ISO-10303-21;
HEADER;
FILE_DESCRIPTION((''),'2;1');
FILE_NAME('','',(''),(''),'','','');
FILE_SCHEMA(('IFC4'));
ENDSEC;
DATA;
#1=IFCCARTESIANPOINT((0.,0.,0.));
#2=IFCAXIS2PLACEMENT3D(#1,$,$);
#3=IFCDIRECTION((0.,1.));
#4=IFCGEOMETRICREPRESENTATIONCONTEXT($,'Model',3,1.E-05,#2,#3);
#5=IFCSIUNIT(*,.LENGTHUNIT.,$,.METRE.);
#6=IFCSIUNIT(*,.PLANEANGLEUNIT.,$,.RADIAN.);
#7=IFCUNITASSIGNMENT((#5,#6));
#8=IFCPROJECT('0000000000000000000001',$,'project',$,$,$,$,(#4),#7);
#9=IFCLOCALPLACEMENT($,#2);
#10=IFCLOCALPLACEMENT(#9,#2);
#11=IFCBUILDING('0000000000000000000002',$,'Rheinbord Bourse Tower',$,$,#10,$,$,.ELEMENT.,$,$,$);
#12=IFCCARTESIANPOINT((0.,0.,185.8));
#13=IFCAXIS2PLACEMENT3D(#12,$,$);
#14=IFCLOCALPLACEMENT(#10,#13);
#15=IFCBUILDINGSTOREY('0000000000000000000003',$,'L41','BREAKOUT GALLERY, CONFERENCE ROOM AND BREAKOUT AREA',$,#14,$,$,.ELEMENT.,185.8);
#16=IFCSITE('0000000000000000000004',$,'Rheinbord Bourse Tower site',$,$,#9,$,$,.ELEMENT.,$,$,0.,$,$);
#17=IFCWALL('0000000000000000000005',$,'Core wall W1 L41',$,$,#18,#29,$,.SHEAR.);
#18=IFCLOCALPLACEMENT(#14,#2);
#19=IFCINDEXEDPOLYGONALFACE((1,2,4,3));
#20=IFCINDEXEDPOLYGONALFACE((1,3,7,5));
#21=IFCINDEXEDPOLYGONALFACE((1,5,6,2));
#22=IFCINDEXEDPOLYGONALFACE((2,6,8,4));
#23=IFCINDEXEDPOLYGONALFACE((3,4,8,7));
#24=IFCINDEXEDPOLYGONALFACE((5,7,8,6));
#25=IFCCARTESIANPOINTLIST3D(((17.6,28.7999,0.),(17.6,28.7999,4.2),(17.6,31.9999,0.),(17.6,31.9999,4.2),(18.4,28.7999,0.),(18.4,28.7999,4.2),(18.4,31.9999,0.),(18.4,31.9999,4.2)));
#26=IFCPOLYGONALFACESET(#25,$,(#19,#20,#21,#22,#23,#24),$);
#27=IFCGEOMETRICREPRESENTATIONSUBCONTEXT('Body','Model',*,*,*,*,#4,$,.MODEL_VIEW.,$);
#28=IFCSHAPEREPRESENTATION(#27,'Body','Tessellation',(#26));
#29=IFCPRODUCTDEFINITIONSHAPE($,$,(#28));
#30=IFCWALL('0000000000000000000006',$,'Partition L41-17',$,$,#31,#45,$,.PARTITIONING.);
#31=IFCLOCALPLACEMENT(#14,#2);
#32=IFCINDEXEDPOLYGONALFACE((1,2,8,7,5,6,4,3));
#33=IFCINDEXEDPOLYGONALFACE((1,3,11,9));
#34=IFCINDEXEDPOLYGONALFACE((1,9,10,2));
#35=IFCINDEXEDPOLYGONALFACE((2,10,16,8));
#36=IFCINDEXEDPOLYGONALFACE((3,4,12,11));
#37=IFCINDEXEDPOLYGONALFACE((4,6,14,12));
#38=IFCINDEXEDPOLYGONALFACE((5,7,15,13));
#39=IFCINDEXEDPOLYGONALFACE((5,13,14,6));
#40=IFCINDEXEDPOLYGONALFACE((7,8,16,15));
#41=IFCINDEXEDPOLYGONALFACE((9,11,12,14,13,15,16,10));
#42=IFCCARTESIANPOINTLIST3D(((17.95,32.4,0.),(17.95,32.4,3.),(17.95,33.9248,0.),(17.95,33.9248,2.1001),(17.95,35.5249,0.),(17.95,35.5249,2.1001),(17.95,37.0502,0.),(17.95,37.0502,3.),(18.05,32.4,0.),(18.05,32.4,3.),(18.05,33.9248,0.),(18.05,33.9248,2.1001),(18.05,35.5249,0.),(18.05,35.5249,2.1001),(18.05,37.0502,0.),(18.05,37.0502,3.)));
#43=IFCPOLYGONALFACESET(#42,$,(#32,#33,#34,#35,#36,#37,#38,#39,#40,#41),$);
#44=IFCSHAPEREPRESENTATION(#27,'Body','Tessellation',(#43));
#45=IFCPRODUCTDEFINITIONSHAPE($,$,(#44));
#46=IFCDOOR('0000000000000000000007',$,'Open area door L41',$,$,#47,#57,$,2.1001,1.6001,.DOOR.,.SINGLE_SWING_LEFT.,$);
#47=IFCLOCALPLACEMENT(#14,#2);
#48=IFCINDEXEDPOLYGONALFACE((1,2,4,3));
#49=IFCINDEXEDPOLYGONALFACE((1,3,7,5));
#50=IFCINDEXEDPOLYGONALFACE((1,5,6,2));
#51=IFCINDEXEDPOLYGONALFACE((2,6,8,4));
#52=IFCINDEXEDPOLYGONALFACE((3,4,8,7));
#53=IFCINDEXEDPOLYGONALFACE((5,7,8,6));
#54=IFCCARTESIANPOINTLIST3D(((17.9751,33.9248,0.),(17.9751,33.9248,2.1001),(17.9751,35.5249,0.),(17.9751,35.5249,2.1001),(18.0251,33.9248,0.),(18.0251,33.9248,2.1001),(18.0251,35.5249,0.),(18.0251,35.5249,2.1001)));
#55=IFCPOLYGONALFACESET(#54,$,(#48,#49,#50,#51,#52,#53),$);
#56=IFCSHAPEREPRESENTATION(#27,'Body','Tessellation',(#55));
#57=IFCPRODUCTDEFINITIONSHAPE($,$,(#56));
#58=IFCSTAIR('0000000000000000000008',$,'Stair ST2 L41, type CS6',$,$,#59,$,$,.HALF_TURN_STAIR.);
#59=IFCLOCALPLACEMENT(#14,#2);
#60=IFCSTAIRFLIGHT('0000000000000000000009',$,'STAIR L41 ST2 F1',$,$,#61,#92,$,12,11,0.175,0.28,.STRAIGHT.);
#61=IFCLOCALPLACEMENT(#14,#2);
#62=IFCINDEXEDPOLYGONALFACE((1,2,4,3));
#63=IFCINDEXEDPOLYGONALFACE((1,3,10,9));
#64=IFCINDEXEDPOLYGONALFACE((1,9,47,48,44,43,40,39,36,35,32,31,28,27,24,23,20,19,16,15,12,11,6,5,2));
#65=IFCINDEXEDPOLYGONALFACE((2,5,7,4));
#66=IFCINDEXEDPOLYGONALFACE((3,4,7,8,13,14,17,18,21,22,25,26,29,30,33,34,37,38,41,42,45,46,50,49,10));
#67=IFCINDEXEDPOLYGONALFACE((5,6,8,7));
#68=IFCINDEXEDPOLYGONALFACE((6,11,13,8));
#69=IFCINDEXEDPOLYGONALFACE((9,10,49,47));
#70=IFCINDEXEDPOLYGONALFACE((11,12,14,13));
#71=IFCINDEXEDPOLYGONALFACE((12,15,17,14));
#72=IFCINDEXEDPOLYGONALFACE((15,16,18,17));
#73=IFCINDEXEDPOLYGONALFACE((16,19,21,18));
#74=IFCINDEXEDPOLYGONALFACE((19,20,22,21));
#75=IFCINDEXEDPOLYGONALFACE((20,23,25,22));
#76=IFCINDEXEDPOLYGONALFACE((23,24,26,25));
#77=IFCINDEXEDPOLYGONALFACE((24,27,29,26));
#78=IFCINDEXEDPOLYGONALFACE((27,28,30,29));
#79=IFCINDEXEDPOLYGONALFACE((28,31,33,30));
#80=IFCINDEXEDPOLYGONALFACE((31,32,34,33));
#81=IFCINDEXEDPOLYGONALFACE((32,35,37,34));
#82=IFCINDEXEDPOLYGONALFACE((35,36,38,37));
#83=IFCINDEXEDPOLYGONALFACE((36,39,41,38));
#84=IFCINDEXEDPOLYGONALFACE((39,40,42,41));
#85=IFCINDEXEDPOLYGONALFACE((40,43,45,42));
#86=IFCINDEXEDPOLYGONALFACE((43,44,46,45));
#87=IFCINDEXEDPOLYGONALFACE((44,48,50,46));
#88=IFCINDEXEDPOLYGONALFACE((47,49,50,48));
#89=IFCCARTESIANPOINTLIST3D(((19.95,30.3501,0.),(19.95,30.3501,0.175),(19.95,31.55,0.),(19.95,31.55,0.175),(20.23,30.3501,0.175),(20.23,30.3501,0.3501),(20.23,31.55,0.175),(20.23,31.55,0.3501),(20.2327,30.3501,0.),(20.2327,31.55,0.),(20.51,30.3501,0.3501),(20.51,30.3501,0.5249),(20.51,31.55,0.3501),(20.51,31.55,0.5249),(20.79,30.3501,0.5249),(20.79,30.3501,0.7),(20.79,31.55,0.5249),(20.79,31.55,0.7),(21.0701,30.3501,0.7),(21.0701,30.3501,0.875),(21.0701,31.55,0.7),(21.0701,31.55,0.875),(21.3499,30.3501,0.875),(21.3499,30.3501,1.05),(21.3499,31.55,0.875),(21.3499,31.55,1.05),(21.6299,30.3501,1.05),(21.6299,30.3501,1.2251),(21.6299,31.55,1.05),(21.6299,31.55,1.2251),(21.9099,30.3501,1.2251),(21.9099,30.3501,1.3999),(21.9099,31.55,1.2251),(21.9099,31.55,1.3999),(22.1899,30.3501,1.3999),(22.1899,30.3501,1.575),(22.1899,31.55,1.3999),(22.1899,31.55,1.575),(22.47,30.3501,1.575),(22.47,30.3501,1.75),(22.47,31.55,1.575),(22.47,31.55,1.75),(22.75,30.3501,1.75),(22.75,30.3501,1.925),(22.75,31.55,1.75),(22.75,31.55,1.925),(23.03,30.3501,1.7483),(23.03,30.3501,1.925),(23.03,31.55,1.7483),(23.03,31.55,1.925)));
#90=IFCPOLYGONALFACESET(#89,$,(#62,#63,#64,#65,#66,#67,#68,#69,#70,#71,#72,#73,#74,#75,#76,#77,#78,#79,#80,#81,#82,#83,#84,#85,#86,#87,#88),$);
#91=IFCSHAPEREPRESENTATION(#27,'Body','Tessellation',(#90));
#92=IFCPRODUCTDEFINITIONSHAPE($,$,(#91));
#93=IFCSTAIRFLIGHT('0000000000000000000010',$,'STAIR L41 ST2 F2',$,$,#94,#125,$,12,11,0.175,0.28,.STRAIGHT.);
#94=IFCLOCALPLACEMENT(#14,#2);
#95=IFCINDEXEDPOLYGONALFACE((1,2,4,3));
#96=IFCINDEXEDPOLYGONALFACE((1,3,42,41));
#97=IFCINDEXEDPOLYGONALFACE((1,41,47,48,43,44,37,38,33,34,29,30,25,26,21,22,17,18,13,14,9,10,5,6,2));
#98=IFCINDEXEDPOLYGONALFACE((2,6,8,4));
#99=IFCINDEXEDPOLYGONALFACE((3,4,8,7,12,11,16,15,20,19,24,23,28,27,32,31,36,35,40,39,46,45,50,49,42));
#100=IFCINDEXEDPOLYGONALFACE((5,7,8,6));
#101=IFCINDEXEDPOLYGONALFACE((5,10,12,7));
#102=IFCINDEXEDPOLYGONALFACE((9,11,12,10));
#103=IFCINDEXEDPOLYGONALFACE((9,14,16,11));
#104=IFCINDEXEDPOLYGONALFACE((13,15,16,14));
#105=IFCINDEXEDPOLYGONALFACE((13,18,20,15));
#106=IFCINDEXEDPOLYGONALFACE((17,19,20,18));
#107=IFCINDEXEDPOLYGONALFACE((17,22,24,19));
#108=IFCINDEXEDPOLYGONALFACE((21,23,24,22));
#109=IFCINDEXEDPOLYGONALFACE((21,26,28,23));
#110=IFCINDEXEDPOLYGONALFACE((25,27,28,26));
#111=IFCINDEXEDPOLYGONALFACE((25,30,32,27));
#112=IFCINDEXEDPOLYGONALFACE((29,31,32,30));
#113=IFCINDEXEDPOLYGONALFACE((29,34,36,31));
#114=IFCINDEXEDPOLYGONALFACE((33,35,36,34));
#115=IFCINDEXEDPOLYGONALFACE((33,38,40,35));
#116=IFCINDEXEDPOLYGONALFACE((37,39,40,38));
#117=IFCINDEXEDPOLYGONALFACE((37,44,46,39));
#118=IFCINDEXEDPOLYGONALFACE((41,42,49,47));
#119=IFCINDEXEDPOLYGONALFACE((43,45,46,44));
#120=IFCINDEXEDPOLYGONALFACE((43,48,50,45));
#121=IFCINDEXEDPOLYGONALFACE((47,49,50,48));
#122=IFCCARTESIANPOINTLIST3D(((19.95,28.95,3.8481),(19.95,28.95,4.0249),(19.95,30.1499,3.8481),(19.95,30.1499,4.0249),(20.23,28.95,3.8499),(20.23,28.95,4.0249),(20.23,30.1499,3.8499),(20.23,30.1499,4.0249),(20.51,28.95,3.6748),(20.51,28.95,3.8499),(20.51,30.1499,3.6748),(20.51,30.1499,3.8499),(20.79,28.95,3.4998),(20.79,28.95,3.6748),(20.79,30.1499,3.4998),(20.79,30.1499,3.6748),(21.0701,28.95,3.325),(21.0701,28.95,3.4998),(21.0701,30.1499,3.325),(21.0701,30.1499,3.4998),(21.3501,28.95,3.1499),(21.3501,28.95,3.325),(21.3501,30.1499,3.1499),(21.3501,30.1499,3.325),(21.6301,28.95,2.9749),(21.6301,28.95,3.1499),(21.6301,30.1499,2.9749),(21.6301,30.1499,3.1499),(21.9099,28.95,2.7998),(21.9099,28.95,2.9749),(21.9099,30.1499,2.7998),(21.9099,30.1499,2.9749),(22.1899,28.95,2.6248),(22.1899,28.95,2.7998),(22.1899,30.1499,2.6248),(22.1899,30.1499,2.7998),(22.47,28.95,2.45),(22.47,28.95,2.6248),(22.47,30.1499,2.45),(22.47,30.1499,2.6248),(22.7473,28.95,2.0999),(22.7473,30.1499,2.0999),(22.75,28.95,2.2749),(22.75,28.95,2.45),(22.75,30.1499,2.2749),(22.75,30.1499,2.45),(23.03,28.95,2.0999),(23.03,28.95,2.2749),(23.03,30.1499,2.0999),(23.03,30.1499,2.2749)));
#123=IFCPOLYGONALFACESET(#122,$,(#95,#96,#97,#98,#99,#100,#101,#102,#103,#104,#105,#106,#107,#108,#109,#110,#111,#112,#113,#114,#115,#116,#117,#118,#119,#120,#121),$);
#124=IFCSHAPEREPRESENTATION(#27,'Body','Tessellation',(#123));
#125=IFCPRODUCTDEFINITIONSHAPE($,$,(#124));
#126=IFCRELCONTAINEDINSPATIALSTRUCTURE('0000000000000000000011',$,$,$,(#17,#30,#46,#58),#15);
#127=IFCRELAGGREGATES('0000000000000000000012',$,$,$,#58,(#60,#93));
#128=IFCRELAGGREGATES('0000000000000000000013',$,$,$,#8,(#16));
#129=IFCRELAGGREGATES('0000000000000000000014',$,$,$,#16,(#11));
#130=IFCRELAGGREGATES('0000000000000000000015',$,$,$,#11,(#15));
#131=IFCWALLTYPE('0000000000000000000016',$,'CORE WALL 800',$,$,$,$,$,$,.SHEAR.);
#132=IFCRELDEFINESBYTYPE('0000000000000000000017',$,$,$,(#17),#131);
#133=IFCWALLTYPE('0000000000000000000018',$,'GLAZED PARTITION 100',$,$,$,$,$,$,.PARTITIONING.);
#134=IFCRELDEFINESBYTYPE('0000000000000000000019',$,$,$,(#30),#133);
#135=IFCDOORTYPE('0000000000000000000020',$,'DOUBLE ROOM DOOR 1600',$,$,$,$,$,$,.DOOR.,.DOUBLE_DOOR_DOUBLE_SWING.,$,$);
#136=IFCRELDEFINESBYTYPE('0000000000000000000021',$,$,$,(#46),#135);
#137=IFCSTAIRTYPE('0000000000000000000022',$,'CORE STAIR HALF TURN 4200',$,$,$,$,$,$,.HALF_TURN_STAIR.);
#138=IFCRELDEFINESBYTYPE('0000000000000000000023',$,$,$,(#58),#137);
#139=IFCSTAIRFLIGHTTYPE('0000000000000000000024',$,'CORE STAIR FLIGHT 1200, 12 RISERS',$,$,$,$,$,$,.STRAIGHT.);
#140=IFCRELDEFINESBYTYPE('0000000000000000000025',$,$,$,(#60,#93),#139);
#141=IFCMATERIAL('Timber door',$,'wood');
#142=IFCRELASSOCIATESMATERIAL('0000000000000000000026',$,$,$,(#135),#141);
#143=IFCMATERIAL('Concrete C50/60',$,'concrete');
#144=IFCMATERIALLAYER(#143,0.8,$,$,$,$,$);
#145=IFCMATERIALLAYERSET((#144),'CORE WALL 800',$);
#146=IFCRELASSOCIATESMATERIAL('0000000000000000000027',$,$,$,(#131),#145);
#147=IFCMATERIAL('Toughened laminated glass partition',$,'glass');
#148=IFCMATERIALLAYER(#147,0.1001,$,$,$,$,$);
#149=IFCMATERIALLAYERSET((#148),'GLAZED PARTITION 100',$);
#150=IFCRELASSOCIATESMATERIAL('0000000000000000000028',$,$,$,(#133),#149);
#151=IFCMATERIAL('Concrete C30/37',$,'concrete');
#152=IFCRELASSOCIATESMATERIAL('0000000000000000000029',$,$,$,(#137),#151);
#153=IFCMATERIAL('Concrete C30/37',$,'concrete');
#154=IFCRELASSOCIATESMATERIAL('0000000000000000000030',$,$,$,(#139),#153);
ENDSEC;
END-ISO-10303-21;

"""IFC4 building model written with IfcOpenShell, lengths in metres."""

from ifc_helpers import new_model, si_unit, direction, frame, frame_2d, origin, place, context, subcontext, project, spatial, polyline, rectangle, outline, extrude, material, layer, layer_set, type_object, element, fill, aggregate, save


model = new_model("IFC4")

# Units and contexts
model_context = context("Model", 3, precision=1e-05, world=origin(), true_north=direction((0.0, 1.0)))
body_context = subcontext(model_context, "Body", "Model", "MODEL_VIEW")
ifc_project = project(units=[si_unit("LENGTHUNIT", "METRE"), si_unit("PLANEANGLEUNIT", "RADIAN")], contexts=[model_context])

# Site, building, storey
site_placement = place(None, origin())
site = spatial("IfcSite", under=ifc_project, at=site_placement, Name="Rheinbord Bourse Tower site", CompositionType="ELEMENT", RefElevation=0.0)
building_placement = place(site_placement, origin())
building = spatial("IfcBuilding", under=site, at=building_placement, Name="Rheinbord Bourse Tower", CompositionType="ELEMENT")
storey_placement = place(building_placement, frame((0.0, 0.0, 185.8)))
storey = spatial("IfcBuildingStorey", under=building, at=storey_placement, Name="L41", Description="BREAKOUT GALLERY, CONFERENCE ROOM AND BREAKOUT AREA", CompositionType="ELEMENT", Elevation=185.8)

# Shared definitions
ifc_material_1 = material(Name="Timber door", Category="wood")
door_type = type_object("IfcDoorType", Name="DOUBLE ROOM DOOR 1600", OperationType="DOUBLE_DOOR_DOUBLE_SWING", PredefinedType="DOOR", material=ifc_material_1)

# Wall
ifc_material_2 = material(Name="Concrete C50/60", Category="concrete")
ifc_layer_1 = layer(ifc_material_2, 0.8)
ifc_layer_set_1 = layer_set([ifc_layer_1], Name="CORE WALL 800")
wall_type_1 = type_object("IfcWallType", Name="CORE WALL 800", PredefinedType="SHEAR", material=ifc_layer_set_1)
wall_1_placement = place(storey_placement, frame((18.0, 32.0, 0.0), z_axis=(0.0, 0.0, 1.0), x_axis=(0.0, -1.0, 0.0)))
element("IfcWall", 1, at=wall_1_placement, inside=storey, type_object=wall_type_1, Name="Core wall W1 L41", PredefinedType="SHEAR", context=body_context, shape_type="SweptSolid", body=[
    extrude(rectangle(XDim=3.2, YDim=0.8, at=frame_2d((1.6001, 0.0))), origin(), (0.0, 0.0, 1.0), 4.2),
])

# Wall, opening, door
ifc_material_3 = material(Name="Toughened laminated glass partition", Category="glass")
ifc_layer_2 = layer(ifc_material_3, 0.1001)
ifc_layer_set_2 = layer_set([ifc_layer_2], Name="GLAZED PARTITION 100")
wall_type_2 = type_object("IfcWallType", Name="GLAZED PARTITION 100", PredefinedType="PARTITIONING", material=ifc_layer_set_2)
wall_2_placement = place(storey_placement, frame((18.0, 32.3999, 0.0), z_axis=(0.0, 0.0, 1.0), x_axis=(0.0, 1.0, 0.0)))
wall_2 = element("IfcWall", 2, at=wall_2_placement, inside=storey, type_object=wall_type_2, Name="Partition L41-17", PredefinedType="PARTITIONING", context=body_context, shape_type="SweptSolid", body=[
    extrude(rectangle(XDim=4.6501, YDim=0.1001, at=frame_2d((2.3252, 0.0))), origin(), (0.0, 0.0, 1.0), 3.0),
])
opening_1_placement = place(wall_2_placement, frame((1.5249, 0.0, 0.0)))
opening_1 = element("IfcOpeningElement", 3, at=opening_1_placement, cuts=wall_2, PredefinedType="OPENING", context=body_context, shape_type="SweptSolid", body=[
    extrude(rectangle(XDim=1.6001, YDim=2.1001, at=frame_2d((0.8, 1.05))), frame((0.0, 0.0601, 0.0), z_axis=(0.0, -1.0, 0.0), x_axis=(1.0, 0.0, 0.0)), (0.0, 0.0, 1.0), 0.1201),
])
door_1_placement = place(opening_1_placement, origin())
door_1 = element("IfcDoor", 4, at=door_1_placement, inside=storey, type_object=door_type, Name="Open area door L41", OperationType="SINGLE_SWING_LEFT", OverallHeight=2.1001, OverallWidth=1.6001, PredefinedType="DOOR", context=body_context, shape_type="SweptSolid", body=[
    extrude(rectangle(XDim=1.6001, YDim=2.1001, at=frame_2d((0.8, 1.05))), frame((0.0, 0.0249, 0.0), z_axis=(0.0, -1.0, 0.0), x_axis=(1.0, 0.0, 0.0)), (0.0, 0.0, 1.0), 0.05),
])
fill(opening_1, door_1)

# Stair, stair flights
ifc_material_4 = material(Name="Concrete C30/37", Category="concrete")
stair_type = type_object("IfcStairType", Name="CORE STAIR HALF TURN 4200", PredefinedType="HALF_TURN_STAIR", material=ifc_material_4)
stair_placement = place(storey_placement, origin())
stair = element("IfcStair", 5, at=stair_placement, inside=storey, type_object=stair_type, Name="Stair ST2 L41, type CS6", PredefinedType="HALF_TURN_STAIR")
ifc_material_5 = material(Name="Concrete C30/37", Category="concrete")
stair_flight_type = type_object("IfcStairFlightType", Name="CORE STAIR FLIGHT 1200, 12 RISERS", PredefinedType="STRAIGHT", material=ifc_material_5)
stair_flight_1_placement = place(storey_placement, frame((19.95, 30.95, 0.0), z_axis=(0.0, 0.0, 1.0), x_axis=(1.0, 0.0, 0.0)))
stair_flight_1 = element("IfcStairFlight", 6, at=stair_flight_1_placement, type_object=stair_flight_type, Name="STAIR L41 ST2 F1", NumberOfRisers=12, NumberOfTreads=11, PredefinedType="STRAIGHT", RiserHeight=0.175, TreadLength=0.28, context=body_context, shape_type="SweptSolid", body=[
    extrude(outline(polyline([(0.0, 0.0), (0.0, 0.175), (0.28, 0.175), (0.28, 0.3501), (0.5601, 0.3501), (0.5601, 0.5249), (0.8401, 0.5249), (0.8401, 0.7), (1.1201, 0.7), (1.1201, 0.875), (1.3999, 0.875), (1.3999, 1.05), (1.6799, 1.05), (1.6799, 1.2251), (1.96, 1.2251), (1.96, 1.3999), (2.24, 1.3999), (2.24, 1.575), (2.52, 1.575), (2.52, 1.75), (2.8, 1.75), (2.8, 1.925), (3.0801, 1.925), (3.0801, 2.1001), (3.0801, 1.7483), (0.2827, 0.0), (0.0, 0.0)])), frame((0.0, 0.6001, 0.0), z_axis=(0.0, -1.0, 0.0), x_axis=(1.0, 0.0, 0.0)), (0.0, 0.0, 1.0), 1.2),
])
stair_flight_2_placement = place(storey_placement, frame((23.03, 29.55, 2.0999), z_axis=(0.0, 0.0, 1.0), x_axis=(-1.0, 0.0, 0.0)))
stair_flight_2 = element("IfcStairFlight", 7, at=stair_flight_2_placement, type_object=stair_flight_type, Name="STAIR L41 ST2 F2", NumberOfRisers=12, NumberOfTreads=11, PredefinedType="STRAIGHT", RiserHeight=0.175, TreadLength=0.28, context=body_context, shape_type="SweptSolid", body=[
    extrude(outline(polyline([(0.0, 0.0), (0.0, 0.175), (0.28, 0.175), (0.28, 0.3501), (0.5601, 0.3501), (0.5601, 0.5249), (0.8401, 0.5249), (0.8401, 0.7), (1.1201, 0.7), (1.1201, 0.875), (1.3999, 0.875), (1.3999, 1.05), (1.6799, 1.05), (1.6799, 1.2251), (1.96, 1.2251), (1.96, 1.3999), (2.24, 1.3999), (2.24, 1.575), (2.52, 1.575), (2.52, 1.75), (2.8, 1.75), (2.8, 1.925), (3.0801, 1.925), (3.0801, 2.1001), (3.0801, 1.7483), (0.2827, 0.0), (0.0, 0.0)])), frame((0.0, 0.6001, 0.0), z_axis=(0.0, -1.0, 0.0), x_axis=(1.0, 0.0, 0.0)), (0.0, 0.0, 1.0), 1.2),
])
aggregate(stair, [stair_flight_1, stair_flight_2])

save(model, "model.ifc")
